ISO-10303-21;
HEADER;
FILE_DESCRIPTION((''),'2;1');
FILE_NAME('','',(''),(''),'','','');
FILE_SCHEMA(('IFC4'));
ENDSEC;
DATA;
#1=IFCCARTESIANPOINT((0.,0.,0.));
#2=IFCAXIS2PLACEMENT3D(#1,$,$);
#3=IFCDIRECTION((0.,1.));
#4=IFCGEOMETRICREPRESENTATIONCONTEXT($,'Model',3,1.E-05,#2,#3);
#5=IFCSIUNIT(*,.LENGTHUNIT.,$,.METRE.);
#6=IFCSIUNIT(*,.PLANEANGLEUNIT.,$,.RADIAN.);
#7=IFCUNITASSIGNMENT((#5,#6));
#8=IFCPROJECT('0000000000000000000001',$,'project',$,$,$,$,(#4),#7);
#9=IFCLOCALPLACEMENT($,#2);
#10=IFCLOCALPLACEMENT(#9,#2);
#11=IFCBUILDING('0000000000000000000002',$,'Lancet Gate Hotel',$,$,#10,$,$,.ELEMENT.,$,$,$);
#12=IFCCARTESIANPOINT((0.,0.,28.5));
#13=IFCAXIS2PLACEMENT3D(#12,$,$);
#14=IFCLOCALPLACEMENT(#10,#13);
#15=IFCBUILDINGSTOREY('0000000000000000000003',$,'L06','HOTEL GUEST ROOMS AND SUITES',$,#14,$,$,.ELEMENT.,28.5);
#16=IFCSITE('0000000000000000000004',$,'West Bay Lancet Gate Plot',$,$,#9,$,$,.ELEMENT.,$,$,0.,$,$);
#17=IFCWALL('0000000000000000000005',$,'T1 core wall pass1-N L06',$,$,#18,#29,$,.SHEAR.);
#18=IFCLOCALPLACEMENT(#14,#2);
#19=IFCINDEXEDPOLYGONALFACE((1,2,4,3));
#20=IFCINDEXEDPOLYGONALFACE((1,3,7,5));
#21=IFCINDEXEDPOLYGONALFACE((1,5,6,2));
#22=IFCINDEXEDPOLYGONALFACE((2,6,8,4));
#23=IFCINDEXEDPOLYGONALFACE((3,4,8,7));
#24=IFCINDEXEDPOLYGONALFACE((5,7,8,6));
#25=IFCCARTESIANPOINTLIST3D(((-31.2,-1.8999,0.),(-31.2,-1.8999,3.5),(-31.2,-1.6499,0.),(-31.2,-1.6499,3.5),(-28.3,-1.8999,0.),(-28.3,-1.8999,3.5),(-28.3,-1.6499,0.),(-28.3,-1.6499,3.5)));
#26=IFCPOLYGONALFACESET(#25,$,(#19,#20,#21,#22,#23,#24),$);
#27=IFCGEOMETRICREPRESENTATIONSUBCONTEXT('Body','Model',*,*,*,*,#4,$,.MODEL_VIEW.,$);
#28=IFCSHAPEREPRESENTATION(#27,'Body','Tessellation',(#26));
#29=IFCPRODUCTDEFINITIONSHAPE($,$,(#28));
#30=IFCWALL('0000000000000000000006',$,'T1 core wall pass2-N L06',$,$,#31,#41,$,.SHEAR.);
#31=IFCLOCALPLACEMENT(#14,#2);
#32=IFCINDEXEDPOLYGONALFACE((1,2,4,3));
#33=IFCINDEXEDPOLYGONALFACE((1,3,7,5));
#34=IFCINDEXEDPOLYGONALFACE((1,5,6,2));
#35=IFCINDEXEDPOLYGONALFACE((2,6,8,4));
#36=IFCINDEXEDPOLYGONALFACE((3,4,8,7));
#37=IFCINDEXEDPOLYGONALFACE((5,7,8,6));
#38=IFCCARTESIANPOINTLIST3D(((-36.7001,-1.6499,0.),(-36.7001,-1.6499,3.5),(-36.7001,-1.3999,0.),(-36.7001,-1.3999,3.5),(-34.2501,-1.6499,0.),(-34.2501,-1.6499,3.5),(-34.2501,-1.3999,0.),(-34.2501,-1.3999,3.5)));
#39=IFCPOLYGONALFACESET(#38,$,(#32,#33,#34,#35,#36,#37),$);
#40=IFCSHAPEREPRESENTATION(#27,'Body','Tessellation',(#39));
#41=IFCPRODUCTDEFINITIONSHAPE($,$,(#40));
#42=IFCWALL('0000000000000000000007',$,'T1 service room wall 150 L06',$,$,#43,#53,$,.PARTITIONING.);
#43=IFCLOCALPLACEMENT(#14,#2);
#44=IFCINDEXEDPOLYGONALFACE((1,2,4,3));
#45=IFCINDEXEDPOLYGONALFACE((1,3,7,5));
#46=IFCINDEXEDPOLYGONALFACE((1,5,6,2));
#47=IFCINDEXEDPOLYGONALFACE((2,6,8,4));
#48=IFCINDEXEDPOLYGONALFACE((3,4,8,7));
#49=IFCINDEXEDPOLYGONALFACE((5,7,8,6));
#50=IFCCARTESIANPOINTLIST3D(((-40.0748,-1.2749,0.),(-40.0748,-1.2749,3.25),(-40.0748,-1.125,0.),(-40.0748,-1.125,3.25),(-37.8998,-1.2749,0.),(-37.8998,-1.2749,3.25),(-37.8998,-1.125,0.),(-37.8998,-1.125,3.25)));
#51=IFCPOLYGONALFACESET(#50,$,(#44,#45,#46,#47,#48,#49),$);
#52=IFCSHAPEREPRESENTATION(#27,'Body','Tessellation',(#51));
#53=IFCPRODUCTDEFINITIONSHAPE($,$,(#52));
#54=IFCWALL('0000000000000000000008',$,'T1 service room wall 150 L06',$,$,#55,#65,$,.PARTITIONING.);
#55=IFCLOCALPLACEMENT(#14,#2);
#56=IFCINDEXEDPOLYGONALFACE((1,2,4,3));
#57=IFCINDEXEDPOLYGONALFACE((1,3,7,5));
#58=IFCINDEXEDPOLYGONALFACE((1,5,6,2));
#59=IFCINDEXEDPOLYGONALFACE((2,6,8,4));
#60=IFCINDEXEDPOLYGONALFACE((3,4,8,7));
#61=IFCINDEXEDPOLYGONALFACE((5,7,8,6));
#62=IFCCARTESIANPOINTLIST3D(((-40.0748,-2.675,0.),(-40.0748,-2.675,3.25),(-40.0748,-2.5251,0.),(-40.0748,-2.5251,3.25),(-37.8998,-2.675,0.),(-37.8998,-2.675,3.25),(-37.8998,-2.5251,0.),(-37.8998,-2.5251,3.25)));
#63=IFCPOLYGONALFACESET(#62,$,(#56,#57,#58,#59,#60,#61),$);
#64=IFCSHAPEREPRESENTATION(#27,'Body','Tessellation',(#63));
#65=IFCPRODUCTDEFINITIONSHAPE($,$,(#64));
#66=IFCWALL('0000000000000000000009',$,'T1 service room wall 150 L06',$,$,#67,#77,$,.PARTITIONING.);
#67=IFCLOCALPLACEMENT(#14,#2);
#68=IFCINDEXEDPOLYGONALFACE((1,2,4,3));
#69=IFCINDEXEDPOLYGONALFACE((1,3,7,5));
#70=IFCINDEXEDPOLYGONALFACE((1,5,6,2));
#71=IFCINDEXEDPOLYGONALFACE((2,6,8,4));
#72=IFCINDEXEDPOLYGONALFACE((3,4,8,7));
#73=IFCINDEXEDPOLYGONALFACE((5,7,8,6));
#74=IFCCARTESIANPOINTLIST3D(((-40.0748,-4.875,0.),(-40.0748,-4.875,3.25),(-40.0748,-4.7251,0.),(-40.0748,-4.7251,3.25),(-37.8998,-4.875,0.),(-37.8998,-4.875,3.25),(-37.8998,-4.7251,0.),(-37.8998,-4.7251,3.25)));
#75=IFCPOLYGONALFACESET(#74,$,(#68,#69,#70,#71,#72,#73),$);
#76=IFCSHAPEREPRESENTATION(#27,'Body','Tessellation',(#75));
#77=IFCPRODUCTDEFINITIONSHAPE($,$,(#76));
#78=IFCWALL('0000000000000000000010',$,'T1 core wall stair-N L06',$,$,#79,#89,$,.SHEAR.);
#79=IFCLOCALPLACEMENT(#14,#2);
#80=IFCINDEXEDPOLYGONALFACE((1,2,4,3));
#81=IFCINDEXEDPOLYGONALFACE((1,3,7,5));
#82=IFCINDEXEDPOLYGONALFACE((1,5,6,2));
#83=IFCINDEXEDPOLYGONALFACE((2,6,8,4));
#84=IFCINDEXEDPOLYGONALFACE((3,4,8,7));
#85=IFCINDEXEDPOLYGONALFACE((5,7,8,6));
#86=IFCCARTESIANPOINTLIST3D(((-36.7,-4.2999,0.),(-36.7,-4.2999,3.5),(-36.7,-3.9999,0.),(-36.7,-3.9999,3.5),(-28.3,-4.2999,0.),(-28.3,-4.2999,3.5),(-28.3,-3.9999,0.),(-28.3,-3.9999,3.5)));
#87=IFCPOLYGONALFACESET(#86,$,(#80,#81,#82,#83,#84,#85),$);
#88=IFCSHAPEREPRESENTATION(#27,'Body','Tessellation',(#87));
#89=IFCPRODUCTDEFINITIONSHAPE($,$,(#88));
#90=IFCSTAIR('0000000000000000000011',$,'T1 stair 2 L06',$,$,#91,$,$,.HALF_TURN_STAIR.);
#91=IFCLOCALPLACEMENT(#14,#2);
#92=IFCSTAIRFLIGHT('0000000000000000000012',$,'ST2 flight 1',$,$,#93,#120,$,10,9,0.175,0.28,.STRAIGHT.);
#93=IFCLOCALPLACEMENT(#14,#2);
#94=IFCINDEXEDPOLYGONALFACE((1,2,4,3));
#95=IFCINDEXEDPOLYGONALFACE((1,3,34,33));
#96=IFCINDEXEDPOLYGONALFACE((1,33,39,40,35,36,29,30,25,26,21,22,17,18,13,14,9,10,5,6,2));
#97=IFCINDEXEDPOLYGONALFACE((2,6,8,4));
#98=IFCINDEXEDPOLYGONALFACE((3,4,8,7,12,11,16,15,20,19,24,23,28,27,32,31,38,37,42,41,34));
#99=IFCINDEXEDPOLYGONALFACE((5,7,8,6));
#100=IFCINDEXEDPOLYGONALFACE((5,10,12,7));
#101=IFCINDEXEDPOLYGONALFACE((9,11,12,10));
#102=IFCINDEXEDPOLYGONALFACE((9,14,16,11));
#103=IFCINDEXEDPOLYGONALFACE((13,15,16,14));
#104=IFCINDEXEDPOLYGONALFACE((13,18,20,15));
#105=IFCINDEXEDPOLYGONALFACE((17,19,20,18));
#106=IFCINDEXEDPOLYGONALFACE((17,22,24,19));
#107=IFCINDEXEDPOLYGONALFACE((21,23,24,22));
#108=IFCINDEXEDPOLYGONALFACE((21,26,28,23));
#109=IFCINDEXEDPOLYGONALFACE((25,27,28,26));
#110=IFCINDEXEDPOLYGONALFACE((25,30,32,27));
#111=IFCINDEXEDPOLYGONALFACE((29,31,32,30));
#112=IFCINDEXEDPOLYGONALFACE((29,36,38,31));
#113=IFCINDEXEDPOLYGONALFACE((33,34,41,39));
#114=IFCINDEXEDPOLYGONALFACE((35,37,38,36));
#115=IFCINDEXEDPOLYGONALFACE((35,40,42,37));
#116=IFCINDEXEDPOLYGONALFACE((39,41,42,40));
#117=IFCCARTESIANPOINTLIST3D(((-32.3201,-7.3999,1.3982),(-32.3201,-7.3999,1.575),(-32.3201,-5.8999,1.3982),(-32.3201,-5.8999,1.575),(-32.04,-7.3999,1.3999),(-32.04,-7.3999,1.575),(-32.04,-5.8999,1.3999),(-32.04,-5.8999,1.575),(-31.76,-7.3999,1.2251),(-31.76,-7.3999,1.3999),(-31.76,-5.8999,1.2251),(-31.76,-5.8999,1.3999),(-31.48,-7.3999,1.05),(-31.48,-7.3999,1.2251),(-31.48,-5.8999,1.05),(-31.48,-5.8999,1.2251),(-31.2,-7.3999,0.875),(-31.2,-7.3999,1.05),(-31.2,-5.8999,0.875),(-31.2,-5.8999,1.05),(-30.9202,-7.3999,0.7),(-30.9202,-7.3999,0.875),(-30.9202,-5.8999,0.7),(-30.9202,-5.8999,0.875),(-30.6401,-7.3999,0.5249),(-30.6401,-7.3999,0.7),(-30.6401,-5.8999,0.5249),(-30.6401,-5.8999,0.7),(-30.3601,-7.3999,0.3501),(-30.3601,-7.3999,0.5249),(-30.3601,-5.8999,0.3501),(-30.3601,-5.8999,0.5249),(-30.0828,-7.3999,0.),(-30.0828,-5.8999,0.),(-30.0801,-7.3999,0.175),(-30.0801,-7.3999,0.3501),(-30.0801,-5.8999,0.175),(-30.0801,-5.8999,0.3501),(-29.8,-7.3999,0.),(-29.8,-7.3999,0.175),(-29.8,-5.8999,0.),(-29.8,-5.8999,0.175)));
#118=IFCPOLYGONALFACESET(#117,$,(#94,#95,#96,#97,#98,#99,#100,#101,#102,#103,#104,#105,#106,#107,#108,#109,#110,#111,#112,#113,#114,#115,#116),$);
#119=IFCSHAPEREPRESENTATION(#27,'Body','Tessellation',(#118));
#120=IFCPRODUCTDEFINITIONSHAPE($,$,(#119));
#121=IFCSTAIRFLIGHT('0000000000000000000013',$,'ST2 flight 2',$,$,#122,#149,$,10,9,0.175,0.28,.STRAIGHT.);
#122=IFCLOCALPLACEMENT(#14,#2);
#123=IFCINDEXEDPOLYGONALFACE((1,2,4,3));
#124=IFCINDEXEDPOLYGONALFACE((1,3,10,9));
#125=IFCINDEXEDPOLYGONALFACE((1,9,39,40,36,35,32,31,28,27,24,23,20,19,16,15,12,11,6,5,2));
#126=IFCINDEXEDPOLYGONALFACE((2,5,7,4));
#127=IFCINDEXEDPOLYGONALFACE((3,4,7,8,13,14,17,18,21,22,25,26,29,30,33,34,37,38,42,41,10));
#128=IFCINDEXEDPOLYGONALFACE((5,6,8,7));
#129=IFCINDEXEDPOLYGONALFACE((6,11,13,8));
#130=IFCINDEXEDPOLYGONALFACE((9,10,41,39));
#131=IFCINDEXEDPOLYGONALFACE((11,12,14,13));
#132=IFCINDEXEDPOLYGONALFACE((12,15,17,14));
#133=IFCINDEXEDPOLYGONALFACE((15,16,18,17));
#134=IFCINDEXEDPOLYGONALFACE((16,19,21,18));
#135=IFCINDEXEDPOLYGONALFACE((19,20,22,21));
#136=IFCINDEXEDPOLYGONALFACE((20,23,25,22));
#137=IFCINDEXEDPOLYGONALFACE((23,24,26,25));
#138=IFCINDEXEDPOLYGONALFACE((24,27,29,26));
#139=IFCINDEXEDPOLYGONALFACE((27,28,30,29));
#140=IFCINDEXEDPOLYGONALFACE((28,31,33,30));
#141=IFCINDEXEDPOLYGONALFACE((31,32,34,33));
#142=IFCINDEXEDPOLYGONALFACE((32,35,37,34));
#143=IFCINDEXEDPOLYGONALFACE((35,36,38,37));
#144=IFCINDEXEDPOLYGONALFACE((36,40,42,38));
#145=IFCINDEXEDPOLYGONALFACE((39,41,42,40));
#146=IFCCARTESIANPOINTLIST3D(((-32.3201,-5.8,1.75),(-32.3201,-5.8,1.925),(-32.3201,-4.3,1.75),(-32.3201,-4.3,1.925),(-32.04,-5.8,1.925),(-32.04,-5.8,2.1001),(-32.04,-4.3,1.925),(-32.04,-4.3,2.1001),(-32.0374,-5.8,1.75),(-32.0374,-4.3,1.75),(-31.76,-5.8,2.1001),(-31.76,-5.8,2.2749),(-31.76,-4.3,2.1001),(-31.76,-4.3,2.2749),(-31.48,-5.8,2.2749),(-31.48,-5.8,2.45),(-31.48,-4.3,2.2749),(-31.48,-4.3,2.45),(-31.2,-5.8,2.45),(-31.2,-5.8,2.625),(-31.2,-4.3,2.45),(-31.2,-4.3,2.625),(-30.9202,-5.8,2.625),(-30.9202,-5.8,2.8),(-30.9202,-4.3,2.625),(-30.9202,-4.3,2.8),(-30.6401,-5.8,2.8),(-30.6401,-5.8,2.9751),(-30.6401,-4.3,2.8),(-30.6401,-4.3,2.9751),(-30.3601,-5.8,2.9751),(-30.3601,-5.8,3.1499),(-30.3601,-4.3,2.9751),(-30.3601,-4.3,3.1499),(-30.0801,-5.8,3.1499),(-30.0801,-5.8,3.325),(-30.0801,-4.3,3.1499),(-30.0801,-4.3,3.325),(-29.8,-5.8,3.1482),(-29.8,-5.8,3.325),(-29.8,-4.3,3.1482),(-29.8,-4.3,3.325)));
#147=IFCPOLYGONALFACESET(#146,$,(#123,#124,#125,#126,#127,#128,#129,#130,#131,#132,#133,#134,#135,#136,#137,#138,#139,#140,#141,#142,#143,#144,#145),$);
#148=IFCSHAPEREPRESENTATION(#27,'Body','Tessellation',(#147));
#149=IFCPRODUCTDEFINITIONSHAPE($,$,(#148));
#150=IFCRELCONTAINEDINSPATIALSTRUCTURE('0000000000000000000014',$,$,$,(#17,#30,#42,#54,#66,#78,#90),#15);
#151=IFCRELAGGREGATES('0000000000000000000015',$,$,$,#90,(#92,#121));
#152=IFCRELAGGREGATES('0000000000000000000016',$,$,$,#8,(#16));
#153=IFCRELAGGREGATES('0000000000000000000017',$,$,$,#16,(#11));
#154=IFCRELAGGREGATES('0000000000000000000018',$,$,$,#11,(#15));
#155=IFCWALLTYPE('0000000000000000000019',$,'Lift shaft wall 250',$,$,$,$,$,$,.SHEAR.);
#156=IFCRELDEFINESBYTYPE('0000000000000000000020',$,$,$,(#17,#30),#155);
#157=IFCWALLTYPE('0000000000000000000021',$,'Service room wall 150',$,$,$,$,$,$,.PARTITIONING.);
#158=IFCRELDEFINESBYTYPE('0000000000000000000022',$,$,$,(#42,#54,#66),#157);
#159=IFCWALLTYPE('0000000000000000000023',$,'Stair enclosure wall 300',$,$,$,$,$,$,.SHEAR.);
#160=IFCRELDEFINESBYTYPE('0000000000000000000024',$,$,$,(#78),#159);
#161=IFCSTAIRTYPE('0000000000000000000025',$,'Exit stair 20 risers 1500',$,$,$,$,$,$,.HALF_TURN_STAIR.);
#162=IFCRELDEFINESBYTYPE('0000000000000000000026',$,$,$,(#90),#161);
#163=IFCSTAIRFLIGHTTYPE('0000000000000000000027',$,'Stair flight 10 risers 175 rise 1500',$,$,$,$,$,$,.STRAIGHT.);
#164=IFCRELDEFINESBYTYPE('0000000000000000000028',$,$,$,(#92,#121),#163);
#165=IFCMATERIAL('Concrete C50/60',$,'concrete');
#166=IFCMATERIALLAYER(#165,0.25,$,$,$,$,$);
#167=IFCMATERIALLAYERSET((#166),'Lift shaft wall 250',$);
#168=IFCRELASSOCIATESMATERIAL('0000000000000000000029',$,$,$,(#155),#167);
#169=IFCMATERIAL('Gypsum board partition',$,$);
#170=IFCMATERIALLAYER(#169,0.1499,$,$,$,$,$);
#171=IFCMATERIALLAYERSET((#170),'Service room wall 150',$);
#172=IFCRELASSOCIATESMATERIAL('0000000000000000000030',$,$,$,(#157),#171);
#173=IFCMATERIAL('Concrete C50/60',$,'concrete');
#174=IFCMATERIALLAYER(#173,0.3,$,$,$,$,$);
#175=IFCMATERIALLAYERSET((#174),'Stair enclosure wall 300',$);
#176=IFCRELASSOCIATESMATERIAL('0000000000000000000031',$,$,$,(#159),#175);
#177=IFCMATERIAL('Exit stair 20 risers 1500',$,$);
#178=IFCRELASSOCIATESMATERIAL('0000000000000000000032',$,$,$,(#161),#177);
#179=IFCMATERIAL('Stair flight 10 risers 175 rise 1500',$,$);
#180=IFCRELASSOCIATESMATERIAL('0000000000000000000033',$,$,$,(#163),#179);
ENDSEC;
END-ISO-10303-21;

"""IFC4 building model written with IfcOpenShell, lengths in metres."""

from ifc_helpers import new_model, si_unit, direction, frame, frame_2d, origin, place, context, subcontext, project, spatial, polyline, rectangle, outline, extrude, material, layer, layer_set, type_object, element, aggregate, save


model = new_model("IFC4")

# Units and contexts
model_context = context("Model", 3, precision=1e-05, world=origin(), true_north=direction((0.0, 1.0)))
body_context = subcontext(model_context, "Body", "Model", "MODEL_VIEW")
ifc_project = project(units=[si_unit("LENGTHUNIT", "METRE"), si_unit("PLANEANGLEUNIT", "RADIAN")], contexts=[model_context])

# Site, building, storey
site_placement = place(None, origin())
site = spatial("IfcSite", under=ifc_project, at=site_placement, Name="West Bay Lancet Gate Plot", CompositionType="ELEMENT", RefElevation=0.0)
building_placement = place(site_placement, origin())
building = spatial("IfcBuilding", under=site, at=building_placement, Name="Lancet Gate Hotel", CompositionType="ELEMENT")
storey_placement = place(building_placement, frame((0.0, 0.0, 28.5)))
storey = spatial("IfcBuildingStorey", under=building, at=storey_placement, Name="L06", Description="HOTEL GUEST ROOMS AND SUITES", CompositionType="ELEMENT", Elevation=28.5)

# Shared definitions
ifc_material_1 = material(Name="Concrete C50/60", Category="concrete")
ifc_layer_1 = layer(ifc_material_1, 0.25)
ifc_layer_set_1 = layer_set([ifc_layer_1], Name="Lift shaft wall 250")
wall_type_1 = type_object("IfcWallType", Name="Lift shaft wall 250", PredefinedType="SHEAR", material=ifc_layer_set_1)

# Walls
wall_1_placement = place(storey_placement, frame((-28.3, -1.7749, 0.0), z_axis=(0.0, 0.0, 1.0), x_axis=(-1.0, 0.0, 0.0)))
element("IfcWall", 1, at=wall_1_placement, inside=storey, type_object=wall_type_1, Name="T1 core wall pass1-N L06", PredefinedType="SHEAR", context=body_context, shape_type="SweptSolid", body=[
    extrude(rectangle(XDim=2.8999, YDim=0.25, at=frame_2d((1.45, 0.0))), origin(), (0.0, 0.0, 1.0), 3.5),
])
wall_2_placement = place(storey_placement, frame((-34.25, -1.5249, 0.0), z_axis=(0.0, 0.0, 1.0), x_axis=(-1.0, 0.0, 0.0)))
element("IfcWall", 2, at=wall_2_placement, inside=storey, type_object=wall_type_1, Name="T1 core wall pass2-N L06", PredefinedType="SHEAR", context=body_context, shape_type="SweptSolid", body=[
    extrude(rectangle(XDim=2.45, YDim=0.25, at=frame_2d((1.2251, 0.0))), origin(), (0.0, 0.0, 1.0), 3.5),
])
ifc_material_2 = material(Name="Gypsum board partition")
ifc_layer_2 = layer(ifc_material_2, 0.1499)
ifc_layer_set_2 = layer_set([ifc_layer_2], Name="Service room wall 150")
wall_type_2 = type_object("IfcWallType", Name="Service room wall 150", PredefinedType="PARTITIONING", material=ifc_layer_set_2)
for number, where, z_axis, x_axis, name in (
    (3, (-37.8999, -1.2, 0.0), (0.0, 0.0, 1.0), (-1.0, 0.0, 0.0), "T1 service room wall 150 L06"),
    (4, (-37.8999, -2.6001, 0.0), (0.0, 0.0, 1.0), (-1.0, 0.0, 0.0), "T1 service room wall 150 L06"),
    (5, (-37.8999, -4.8, 0.0), (0.0, 0.0, 1.0), (-1.0, 0.0, 0.0), "T1 service room wall 150 L06"),
):
    element("IfcWall", number, at=place(storey_placement, frame(where, z_axis=z_axis, x_axis=x_axis)), inside=storey, type_object=wall_type_2, Name=name, PredefinedType="PARTITIONING", context=body_context, shape_type="SweptSolid", body=[
        extrude(rectangle(XDim=2.175, YDim=0.1499, at=frame_2d((1.0874, 0.0))), origin(), (0.0, 0.0, 1.0), 3.25),
    ])
ifc_material_3 = material(Name="Concrete C50/60", Category="concrete")
ifc_layer_3 = layer(ifc_material_3, 0.3)
ifc_layer_set_3 = layer_set([ifc_layer_3], Name="Stair enclosure wall 300")
wall_type_3 = type_object("IfcWallType", Name="Stair enclosure wall 300", PredefinedType="SHEAR", material=ifc_layer_set_3)
wall_3_placement = place(storey_placement, frame((-28.3, -4.1499, 0.0), z_axis=(0.0, 0.0, 1.0), x_axis=(-1.0, 0.0, 0.0)))
element("IfcWall", 6, at=wall_3_placement, inside=storey, type_object=wall_type_3, Name="T1 core wall stair-N L06", PredefinedType="SHEAR", context=body_context, shape_type="SweptSolid", body=[
    extrude(rectangle(XDim=8.3999, YDim=0.3, at=frame_2d((4.2, 0.0))), origin(), (0.0, 0.0, 1.0), 3.5),
])

# Stair, stair flights
ifc_material_4 = material(Name="Exit stair 20 risers 1500")
stair_type = type_object("IfcStairType", Name="Exit stair 20 risers 1500", PredefinedType="HALF_TURN_STAIR", material=ifc_material_4)
stair_placement = place(storey_placement, origin())
stair = element("IfcStair", 7, at=stair_placement, inside=storey, type_object=stair_type, Name="T1 stair 2 L06", PredefinedType="HALF_TURN_STAIR")
ifc_material_5 = material(Name="Stair flight 10 risers 175 rise 1500")
stair_flight_type = type_object("IfcStairFlightType", Name="Stair flight 10 risers 175 rise 1500", PredefinedType="STRAIGHT", material=ifc_material_5)
stair_flight_1_placement = place(storey_placement, frame((-29.8, -6.6499, 0.0), z_axis=(0.0, 0.0, 1.0), x_axis=(-1.0, 0.0, 0.0)))
stair_flight_1 = element("IfcStairFlight", 8, at=stair_flight_1_placement, type_object=stair_flight_type, Name="ST2 flight 1", NumberOfRisers=10, NumberOfTreads=9, PredefinedType="STRAIGHT", RiserHeight=0.175, TreadLength=0.28, context=body_context, shape_type="SweptSolid", body=[
    extrude(outline(polyline([(0.0, 0.0), (0.0, 0.175), (0.28, 0.175), (0.28, 0.3501), (0.5601, 0.3501), (0.5601, 0.5249), (0.8401, 0.5249), (0.8401, 0.7), (1.1201, 0.7), (1.1201, 0.875), (1.3999, 0.875), (1.3999, 1.05), (1.6799, 1.05), (1.6799, 1.2251), (1.96, 1.2251), (1.96, 1.3999), (2.24, 1.3999), (2.24, 1.575), (2.52, 1.575), (2.52, 1.75), (2.52, 1.3982), (0.2827, 0.0), (0.0, 0.0)])), frame((0.0, 0.75, 0.0), z_axis=(0.0, -1.0, 0.0), x_axis=(1.0, 0.0, 0.0)), (0.0, 0.0, 1.0), 1.5),
])
stair_flight_2_placement = place(storey_placement, frame((-32.3201, -5.05, 1.75), z_axis=(0.0, 0.0, 1.0), x_axis=(1.0, 0.0, 0.0)))
stair_flight_2 = element("IfcStairFlight", 9, at=stair_flight_2_placement, type_object=stair_flight_type, Name="ST2 flight 2", NumberOfRisers=10, NumberOfTreads=9, PredefinedType="STRAIGHT", RiserHeight=0.175, TreadLength=0.28, context=body_context, shape_type="SweptSolid", body=[
    extrude(outline(polyline([(0.0, 0.0), (0.0, 0.175), (0.28, 0.175), (0.28, 0.3501), (0.5601, 0.3501), (0.5601, 0.5249), (0.8401, 0.5249), (0.8401, 0.7), (1.1201, 0.7), (1.1201, 0.875), (1.3999, 0.875), (1.3999, 1.05), (1.6799, 1.05), (1.6799, 1.2251), (1.96, 1.2251), (1.96, 1.3999), (2.24, 1.3999), (2.24, 1.575), (2.52, 1.575), (2.52, 1.75), (2.52, 1.3982), (0.2827, 0.0), (0.0, 0.0)])), frame((0.0, 0.75, 0.0), z_axis=(0.0, -1.0, 0.0), x_axis=(1.0, 0.0, 0.0)), (0.0, 0.0, 1.0), 1.5),
])
aggregate(stair, [stair_flight_1, stair_flight_2])

save(model, "model.ifc")
